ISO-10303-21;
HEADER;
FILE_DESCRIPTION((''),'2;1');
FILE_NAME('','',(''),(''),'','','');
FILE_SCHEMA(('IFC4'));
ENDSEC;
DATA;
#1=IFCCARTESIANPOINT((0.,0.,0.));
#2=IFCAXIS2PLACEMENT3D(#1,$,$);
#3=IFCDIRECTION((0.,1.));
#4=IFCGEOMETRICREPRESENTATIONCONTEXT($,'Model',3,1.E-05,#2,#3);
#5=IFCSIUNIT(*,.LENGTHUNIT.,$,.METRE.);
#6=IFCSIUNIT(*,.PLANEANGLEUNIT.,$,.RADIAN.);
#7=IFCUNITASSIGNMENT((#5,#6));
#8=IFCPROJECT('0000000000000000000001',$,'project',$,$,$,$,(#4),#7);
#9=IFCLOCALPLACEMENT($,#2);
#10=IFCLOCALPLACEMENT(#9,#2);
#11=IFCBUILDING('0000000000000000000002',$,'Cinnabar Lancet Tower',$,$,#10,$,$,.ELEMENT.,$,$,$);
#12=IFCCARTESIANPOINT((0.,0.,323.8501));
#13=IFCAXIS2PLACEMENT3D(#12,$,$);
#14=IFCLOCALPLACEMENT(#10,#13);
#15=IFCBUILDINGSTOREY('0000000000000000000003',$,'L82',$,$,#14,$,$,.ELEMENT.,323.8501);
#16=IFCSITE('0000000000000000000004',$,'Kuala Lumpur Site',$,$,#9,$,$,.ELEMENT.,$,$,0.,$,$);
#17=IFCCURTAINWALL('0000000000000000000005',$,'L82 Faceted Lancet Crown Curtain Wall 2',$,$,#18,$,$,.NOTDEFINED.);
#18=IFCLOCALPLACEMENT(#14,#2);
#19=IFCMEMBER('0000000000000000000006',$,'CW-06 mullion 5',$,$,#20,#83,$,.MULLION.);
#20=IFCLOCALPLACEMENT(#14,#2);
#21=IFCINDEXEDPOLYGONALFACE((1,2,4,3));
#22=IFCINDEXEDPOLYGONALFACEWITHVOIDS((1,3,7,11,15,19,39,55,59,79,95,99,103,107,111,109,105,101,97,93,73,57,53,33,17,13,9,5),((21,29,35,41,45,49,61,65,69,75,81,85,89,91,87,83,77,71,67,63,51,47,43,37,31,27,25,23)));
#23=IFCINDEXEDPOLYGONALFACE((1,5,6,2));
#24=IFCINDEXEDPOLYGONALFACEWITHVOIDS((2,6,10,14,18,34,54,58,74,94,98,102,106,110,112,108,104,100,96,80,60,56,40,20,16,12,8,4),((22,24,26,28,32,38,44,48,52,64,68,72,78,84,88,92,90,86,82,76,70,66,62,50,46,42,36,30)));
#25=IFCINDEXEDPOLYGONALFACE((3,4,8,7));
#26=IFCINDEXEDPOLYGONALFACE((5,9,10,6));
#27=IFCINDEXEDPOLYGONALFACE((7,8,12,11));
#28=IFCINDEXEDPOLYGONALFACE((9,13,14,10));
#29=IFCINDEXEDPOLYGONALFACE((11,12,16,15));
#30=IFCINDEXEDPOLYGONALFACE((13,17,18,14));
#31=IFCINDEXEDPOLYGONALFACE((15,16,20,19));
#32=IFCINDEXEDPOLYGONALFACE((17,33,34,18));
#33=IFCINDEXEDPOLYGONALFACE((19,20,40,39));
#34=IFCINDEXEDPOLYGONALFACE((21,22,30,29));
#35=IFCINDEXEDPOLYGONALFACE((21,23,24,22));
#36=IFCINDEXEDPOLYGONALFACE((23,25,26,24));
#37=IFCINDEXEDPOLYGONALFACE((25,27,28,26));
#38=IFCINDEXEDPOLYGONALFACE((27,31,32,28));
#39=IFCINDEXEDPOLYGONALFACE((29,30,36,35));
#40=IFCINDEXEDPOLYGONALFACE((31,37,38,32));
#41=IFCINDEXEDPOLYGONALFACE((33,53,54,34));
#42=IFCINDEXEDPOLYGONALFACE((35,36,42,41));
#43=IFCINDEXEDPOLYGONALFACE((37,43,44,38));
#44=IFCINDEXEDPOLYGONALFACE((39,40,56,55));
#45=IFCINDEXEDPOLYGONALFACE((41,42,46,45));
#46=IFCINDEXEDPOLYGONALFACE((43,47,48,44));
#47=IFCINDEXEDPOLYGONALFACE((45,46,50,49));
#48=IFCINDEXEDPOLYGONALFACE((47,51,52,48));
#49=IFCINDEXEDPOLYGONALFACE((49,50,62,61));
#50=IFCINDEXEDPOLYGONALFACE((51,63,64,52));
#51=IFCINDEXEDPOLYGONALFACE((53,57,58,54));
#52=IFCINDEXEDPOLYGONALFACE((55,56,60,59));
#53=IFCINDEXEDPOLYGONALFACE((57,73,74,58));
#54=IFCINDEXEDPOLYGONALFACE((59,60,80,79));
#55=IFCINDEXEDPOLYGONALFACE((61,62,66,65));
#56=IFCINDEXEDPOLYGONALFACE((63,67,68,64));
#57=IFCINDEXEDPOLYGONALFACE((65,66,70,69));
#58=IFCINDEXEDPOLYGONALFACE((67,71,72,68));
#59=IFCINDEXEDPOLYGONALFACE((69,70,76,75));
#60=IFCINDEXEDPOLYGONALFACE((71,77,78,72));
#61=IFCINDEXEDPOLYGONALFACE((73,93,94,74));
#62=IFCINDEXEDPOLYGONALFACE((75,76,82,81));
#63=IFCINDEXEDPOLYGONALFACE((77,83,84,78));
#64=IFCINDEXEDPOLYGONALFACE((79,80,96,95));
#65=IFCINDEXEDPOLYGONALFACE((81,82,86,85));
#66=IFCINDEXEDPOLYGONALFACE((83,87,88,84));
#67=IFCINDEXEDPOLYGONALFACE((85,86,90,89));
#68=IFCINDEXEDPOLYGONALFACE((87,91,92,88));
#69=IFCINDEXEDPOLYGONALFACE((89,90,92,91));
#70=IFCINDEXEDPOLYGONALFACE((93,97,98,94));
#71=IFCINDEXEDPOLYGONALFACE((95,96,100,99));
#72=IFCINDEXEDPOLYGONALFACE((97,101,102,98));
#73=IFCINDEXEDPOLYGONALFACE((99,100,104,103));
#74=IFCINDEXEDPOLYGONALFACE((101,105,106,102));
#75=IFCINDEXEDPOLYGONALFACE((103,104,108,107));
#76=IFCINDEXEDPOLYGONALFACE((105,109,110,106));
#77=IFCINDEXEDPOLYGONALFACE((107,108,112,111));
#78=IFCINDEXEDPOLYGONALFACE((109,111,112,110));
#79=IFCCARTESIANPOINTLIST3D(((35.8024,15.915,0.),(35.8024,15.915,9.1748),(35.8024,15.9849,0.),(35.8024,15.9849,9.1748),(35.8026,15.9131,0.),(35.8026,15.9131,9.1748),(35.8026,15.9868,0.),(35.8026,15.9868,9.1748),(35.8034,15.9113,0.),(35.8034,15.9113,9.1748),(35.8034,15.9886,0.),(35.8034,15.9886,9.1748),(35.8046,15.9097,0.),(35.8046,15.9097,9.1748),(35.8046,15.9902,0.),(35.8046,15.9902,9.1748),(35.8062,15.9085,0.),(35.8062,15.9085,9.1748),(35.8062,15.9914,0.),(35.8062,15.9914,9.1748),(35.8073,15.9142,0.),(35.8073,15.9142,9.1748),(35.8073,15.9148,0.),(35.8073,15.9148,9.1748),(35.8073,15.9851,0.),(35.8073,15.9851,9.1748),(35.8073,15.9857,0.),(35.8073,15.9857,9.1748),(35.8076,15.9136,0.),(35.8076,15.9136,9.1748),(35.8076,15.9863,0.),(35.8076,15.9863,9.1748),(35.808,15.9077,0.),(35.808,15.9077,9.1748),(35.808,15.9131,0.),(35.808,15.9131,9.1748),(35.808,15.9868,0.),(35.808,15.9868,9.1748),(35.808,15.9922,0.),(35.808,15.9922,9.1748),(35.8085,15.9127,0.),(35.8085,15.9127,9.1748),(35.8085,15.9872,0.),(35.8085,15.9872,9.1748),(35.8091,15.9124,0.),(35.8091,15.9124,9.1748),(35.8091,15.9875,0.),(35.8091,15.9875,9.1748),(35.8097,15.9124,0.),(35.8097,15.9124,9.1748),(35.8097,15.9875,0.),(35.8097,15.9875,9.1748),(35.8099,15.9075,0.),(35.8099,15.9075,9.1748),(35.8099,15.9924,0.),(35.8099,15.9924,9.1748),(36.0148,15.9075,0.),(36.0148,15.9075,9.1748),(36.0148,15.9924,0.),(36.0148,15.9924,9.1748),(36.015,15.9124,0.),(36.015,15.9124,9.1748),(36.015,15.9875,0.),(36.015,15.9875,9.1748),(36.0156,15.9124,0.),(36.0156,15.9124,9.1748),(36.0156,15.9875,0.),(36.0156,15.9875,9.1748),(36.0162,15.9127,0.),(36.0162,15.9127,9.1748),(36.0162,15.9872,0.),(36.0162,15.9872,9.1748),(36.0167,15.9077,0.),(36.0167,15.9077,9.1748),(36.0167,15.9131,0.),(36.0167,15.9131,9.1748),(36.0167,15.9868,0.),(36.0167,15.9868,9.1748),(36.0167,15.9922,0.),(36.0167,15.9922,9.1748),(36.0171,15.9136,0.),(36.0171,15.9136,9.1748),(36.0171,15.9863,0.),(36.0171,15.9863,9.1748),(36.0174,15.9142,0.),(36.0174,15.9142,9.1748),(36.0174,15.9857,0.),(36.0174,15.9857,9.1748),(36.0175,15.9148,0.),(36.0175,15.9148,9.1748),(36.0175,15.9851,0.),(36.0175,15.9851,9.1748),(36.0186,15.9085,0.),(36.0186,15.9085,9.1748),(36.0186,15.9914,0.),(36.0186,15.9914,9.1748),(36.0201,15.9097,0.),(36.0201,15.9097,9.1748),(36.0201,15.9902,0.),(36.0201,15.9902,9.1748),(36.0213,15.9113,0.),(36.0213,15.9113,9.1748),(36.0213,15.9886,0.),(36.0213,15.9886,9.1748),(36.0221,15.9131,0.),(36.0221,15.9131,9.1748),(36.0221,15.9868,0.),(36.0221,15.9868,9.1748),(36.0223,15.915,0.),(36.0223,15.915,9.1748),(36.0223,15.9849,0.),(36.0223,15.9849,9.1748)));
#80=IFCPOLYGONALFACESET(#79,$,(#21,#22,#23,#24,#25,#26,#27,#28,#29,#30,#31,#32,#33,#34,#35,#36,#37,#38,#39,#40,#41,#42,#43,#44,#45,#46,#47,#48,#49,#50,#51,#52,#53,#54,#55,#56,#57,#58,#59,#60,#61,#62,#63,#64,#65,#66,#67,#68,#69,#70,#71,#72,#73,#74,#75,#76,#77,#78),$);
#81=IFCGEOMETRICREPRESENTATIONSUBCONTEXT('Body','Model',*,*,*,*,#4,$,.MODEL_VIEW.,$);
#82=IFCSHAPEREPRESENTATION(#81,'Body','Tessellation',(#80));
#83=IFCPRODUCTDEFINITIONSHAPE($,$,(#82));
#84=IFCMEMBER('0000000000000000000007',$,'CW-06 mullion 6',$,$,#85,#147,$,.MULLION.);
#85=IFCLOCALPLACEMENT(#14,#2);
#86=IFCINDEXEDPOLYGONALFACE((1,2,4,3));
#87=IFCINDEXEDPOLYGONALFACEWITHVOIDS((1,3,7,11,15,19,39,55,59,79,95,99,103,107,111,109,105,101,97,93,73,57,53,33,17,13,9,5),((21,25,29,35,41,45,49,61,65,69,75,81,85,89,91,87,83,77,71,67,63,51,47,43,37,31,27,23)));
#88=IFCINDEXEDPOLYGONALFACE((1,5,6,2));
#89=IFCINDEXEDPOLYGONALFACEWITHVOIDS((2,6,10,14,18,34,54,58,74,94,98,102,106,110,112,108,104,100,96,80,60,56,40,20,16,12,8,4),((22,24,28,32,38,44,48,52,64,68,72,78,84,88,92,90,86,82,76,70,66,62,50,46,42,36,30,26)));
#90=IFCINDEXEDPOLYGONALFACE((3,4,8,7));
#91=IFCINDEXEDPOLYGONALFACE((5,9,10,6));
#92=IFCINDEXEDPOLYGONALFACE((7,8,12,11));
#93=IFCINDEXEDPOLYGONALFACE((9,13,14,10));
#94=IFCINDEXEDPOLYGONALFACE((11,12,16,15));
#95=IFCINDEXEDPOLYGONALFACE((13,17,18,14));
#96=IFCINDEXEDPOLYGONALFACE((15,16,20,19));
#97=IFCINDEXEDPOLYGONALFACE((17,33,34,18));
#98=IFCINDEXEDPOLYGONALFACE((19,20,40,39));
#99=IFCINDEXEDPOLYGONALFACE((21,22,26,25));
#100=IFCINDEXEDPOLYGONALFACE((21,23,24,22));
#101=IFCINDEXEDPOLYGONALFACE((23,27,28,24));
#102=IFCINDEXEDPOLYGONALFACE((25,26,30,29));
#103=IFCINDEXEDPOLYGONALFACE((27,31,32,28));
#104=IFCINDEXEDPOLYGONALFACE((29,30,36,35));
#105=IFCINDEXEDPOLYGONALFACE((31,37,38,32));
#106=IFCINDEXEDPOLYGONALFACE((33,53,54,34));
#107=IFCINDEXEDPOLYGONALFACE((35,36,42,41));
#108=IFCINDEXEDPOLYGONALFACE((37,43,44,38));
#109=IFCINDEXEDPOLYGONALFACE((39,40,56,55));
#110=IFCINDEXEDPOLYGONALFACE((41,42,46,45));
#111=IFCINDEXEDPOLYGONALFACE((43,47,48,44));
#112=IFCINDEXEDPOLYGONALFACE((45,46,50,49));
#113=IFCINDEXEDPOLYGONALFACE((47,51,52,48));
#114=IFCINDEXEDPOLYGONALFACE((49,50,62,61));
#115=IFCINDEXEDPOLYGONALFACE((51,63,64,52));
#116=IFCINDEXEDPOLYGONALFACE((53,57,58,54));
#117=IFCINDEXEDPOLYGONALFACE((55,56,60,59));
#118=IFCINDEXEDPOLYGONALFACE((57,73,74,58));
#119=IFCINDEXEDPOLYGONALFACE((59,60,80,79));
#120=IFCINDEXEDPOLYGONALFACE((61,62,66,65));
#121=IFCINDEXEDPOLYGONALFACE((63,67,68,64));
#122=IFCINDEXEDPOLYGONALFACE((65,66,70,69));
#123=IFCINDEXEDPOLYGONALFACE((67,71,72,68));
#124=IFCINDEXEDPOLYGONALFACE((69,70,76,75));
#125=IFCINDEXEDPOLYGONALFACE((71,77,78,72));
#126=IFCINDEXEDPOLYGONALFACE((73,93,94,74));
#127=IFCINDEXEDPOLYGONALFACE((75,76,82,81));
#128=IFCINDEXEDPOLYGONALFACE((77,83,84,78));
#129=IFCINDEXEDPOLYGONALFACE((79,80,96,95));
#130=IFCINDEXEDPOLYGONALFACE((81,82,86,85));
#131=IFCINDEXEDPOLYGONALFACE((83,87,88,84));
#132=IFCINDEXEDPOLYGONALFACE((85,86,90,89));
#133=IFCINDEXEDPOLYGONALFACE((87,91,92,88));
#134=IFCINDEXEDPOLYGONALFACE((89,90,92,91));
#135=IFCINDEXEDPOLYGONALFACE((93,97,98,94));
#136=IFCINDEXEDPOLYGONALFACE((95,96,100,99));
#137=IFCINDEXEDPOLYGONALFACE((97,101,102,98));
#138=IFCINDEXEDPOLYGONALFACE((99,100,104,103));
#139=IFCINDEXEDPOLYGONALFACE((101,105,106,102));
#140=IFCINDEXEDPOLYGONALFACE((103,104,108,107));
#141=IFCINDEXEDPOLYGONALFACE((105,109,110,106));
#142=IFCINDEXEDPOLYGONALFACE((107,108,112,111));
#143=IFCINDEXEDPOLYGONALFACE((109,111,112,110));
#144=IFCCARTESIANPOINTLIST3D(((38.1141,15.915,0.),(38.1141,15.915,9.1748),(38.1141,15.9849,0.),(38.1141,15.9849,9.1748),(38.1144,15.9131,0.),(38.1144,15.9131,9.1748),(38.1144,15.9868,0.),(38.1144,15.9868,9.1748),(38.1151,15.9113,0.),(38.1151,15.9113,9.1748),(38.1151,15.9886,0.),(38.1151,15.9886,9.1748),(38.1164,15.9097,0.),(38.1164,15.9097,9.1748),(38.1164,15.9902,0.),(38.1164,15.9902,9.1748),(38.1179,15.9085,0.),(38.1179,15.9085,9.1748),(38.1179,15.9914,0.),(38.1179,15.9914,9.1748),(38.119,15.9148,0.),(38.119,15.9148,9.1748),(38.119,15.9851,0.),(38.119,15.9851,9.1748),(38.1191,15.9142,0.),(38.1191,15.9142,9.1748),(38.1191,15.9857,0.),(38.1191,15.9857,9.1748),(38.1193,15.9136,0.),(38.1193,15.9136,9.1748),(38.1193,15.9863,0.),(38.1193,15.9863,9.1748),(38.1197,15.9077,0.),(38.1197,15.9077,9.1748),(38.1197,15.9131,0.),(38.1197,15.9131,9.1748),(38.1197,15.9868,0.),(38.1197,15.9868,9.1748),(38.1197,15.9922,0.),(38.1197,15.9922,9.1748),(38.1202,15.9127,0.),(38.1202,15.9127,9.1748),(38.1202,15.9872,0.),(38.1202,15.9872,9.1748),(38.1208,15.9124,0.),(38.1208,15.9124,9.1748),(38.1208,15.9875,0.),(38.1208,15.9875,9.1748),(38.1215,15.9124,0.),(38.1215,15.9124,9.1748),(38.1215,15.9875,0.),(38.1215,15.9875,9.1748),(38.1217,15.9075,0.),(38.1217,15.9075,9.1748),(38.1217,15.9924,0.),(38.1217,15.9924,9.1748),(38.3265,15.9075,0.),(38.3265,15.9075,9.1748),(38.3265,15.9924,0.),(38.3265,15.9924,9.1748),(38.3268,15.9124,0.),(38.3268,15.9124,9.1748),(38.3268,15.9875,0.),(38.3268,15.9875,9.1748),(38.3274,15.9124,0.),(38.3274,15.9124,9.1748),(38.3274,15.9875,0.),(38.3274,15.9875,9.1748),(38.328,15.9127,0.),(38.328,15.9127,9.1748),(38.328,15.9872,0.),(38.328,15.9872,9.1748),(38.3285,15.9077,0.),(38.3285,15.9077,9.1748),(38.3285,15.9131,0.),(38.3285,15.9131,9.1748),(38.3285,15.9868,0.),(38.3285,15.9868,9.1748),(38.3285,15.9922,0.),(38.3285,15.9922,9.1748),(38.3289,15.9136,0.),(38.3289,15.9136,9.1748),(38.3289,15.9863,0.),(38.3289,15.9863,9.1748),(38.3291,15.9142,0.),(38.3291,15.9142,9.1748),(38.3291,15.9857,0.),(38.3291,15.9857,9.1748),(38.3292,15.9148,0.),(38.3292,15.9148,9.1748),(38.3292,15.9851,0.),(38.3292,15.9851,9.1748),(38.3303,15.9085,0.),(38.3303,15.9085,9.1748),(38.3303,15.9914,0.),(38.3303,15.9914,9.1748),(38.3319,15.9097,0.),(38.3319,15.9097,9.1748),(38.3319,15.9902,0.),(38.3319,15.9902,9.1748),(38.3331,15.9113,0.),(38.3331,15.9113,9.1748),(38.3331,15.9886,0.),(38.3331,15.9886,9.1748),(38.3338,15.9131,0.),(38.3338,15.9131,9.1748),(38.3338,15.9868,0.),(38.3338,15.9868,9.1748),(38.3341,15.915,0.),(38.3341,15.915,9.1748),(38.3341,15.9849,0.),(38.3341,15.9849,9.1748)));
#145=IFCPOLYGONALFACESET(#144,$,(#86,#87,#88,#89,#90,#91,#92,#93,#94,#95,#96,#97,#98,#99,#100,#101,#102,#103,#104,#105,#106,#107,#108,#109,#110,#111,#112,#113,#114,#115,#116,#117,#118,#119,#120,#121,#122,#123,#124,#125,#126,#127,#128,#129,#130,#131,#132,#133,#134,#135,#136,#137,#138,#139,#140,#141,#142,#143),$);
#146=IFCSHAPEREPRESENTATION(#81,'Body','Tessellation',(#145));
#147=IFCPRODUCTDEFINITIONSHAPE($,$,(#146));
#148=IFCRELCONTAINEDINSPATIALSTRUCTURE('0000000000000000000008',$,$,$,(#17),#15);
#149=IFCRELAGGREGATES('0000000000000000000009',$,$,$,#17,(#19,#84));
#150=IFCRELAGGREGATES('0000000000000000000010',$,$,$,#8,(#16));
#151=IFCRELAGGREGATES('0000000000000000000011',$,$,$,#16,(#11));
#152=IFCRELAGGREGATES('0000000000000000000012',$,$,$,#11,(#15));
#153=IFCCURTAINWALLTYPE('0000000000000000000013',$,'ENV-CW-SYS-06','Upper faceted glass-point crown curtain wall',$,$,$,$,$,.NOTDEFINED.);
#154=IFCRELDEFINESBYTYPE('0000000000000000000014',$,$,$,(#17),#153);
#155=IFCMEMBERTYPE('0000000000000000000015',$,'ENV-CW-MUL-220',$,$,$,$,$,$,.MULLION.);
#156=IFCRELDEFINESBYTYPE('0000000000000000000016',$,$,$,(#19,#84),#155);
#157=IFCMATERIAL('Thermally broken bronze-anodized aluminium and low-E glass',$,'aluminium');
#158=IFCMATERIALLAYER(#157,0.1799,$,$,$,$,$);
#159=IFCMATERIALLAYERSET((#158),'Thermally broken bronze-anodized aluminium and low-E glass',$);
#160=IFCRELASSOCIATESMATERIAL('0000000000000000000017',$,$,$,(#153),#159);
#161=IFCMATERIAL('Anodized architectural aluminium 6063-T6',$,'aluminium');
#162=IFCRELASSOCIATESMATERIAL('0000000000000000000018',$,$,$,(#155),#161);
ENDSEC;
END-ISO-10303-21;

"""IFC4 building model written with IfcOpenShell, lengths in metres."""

from ifc_helpers import new_model, si_unit, direction, frame, origin, origin_2d, place, context, subcontext, project, spatial, hollow_rectangle, extrude, material, layer, layer_set, material_profile, profile_set, type_object, element, aggregate, save


model = new_model("IFC4")

# Units and contexts
model_context = context("Model", 3, precision=1e-05, world=origin(), true_north=direction((0.0, 1.0)))
body_context = subcontext(model_context, "Body", "Model", "MODEL_VIEW")
ifc_project = project(units=[si_unit("LENGTHUNIT", "METRE"), si_unit("PLANEANGLEUNIT", "RADIAN")], contexts=[model_context])

# Site, building, storey
site_placement = place(None, origin())
site = spatial("IfcSite", under=ifc_project, at=site_placement, Name="Kuala Lumpur Site", CompositionType="ELEMENT", RefElevation=0.0)
building_placement = place(site_placement, origin())
building = spatial("IfcBuilding", under=site, at=building_placement, Name="Cinnabar Lancet Tower", CompositionType="ELEMENT")
storey_placement = place(building_placement, frame((0.0, 0.0, 323.8501)))
storey = spatial("IfcBuildingStorey", under=building, at=storey_placement, Name="L82", CompositionType="ELEMENT", Elevation=323.8501)

# Curtain wall, members
ifc_material_1 = material(Name="Thermally broken bronze-anodized aluminium and low-E glass", Category="aluminium")
ifc_layer_1 = layer(ifc_material_1, 0.1799)
ifc_layer_set_1 = layer_set([ifc_layer_1], Name="Thermally broken bronze-anodized aluminium and low-E glass")
curtain_wall_type = type_object("IfcCurtainWallType", Name="ENV-CW-SYS-06", Description="Upper faceted glass-point crown curtain wall", PredefinedType="NOTDEFINED", material=ifc_layer_set_1)
curtain_wall_1_placement = place(storey_placement, origin())
curtain_wall_1 = element("IfcCurtainWall", 1, at=curtain_wall_1_placement, inside=storey, type_object=curtain_wall_type, Name="L82 Faceted Lancet Crown Curtain Wall 2", PredefinedType="NOTDEFINED")
ifc_material_2 = material(Name="Anodized architectural aluminium 6063-T6", Category="aluminium")
ifc_material_profile_1 = material_profile(ifc_material_2, hollow_rectangle(XDim=0.085, YDim=0.22, WallThickness=0.0049, InnerFilletRadius=0.0024, OuterFilletRadius=0.0076, at=origin_2d()), Name="CW-MUL 220x85x5")
ifc_profile_set_1 = profile_set([ifc_material_profile_1], Name="Anodized architectural aluminium 6063-T6")
member_type_1 = type_object("IfcMemberType", Name="ENV-CW-MUL-220", PredefinedType="MULLION", material=ifc_profile_set_1)
member_1_placement = place(storey_placement, frame((35.9124, 15.95, 0.0), z_axis=(0.0, 0.0, 1.0), x_axis=(0.0, 1.0, 0.0)))
member_1 = element("IfcMember", 2, at=member_1_placement, type_object=member_type_1, Name="CW-06 mullion 5", PredefinedType="MULLION", context=body_context, shape_type="SweptSolid", body=[
    extrude(hollow_rectangle(XDim=0.085, YDim=0.22, WallThickness=0.0049, InnerFilletRadius=0.0024, OuterFilletRadius=0.0076, at=origin_2d()), origin(), (0.0, 0.0, 1.0), 9.1748),
])
member_2_placement = place(storey_placement, frame((38.2241, 15.95, 0.0), z_axis=(0.0, 0.0, 1.0), x_axis=(0.0, 1.0, 0.0)))
member_2 = element("IfcMember", 3, at=member_2_placement, type_object=member_type_1, Name="CW-06 mullion 6", PredefinedType="MULLION", context=body_context, shape_type="SweptSolid", body=[
    extrude(hollow_rectangle(XDim=0.085, YDim=0.22, WallThickness=0.0049, InnerFilletRadius=0.0024, OuterFilletRadius=0.0076, at=origin_2d()), origin(), (0.0, 0.0, 1.0), 9.1748),
])

aggregate(curtain_wall_1, [member_1, member_2])

save(model, "model.ifc")
